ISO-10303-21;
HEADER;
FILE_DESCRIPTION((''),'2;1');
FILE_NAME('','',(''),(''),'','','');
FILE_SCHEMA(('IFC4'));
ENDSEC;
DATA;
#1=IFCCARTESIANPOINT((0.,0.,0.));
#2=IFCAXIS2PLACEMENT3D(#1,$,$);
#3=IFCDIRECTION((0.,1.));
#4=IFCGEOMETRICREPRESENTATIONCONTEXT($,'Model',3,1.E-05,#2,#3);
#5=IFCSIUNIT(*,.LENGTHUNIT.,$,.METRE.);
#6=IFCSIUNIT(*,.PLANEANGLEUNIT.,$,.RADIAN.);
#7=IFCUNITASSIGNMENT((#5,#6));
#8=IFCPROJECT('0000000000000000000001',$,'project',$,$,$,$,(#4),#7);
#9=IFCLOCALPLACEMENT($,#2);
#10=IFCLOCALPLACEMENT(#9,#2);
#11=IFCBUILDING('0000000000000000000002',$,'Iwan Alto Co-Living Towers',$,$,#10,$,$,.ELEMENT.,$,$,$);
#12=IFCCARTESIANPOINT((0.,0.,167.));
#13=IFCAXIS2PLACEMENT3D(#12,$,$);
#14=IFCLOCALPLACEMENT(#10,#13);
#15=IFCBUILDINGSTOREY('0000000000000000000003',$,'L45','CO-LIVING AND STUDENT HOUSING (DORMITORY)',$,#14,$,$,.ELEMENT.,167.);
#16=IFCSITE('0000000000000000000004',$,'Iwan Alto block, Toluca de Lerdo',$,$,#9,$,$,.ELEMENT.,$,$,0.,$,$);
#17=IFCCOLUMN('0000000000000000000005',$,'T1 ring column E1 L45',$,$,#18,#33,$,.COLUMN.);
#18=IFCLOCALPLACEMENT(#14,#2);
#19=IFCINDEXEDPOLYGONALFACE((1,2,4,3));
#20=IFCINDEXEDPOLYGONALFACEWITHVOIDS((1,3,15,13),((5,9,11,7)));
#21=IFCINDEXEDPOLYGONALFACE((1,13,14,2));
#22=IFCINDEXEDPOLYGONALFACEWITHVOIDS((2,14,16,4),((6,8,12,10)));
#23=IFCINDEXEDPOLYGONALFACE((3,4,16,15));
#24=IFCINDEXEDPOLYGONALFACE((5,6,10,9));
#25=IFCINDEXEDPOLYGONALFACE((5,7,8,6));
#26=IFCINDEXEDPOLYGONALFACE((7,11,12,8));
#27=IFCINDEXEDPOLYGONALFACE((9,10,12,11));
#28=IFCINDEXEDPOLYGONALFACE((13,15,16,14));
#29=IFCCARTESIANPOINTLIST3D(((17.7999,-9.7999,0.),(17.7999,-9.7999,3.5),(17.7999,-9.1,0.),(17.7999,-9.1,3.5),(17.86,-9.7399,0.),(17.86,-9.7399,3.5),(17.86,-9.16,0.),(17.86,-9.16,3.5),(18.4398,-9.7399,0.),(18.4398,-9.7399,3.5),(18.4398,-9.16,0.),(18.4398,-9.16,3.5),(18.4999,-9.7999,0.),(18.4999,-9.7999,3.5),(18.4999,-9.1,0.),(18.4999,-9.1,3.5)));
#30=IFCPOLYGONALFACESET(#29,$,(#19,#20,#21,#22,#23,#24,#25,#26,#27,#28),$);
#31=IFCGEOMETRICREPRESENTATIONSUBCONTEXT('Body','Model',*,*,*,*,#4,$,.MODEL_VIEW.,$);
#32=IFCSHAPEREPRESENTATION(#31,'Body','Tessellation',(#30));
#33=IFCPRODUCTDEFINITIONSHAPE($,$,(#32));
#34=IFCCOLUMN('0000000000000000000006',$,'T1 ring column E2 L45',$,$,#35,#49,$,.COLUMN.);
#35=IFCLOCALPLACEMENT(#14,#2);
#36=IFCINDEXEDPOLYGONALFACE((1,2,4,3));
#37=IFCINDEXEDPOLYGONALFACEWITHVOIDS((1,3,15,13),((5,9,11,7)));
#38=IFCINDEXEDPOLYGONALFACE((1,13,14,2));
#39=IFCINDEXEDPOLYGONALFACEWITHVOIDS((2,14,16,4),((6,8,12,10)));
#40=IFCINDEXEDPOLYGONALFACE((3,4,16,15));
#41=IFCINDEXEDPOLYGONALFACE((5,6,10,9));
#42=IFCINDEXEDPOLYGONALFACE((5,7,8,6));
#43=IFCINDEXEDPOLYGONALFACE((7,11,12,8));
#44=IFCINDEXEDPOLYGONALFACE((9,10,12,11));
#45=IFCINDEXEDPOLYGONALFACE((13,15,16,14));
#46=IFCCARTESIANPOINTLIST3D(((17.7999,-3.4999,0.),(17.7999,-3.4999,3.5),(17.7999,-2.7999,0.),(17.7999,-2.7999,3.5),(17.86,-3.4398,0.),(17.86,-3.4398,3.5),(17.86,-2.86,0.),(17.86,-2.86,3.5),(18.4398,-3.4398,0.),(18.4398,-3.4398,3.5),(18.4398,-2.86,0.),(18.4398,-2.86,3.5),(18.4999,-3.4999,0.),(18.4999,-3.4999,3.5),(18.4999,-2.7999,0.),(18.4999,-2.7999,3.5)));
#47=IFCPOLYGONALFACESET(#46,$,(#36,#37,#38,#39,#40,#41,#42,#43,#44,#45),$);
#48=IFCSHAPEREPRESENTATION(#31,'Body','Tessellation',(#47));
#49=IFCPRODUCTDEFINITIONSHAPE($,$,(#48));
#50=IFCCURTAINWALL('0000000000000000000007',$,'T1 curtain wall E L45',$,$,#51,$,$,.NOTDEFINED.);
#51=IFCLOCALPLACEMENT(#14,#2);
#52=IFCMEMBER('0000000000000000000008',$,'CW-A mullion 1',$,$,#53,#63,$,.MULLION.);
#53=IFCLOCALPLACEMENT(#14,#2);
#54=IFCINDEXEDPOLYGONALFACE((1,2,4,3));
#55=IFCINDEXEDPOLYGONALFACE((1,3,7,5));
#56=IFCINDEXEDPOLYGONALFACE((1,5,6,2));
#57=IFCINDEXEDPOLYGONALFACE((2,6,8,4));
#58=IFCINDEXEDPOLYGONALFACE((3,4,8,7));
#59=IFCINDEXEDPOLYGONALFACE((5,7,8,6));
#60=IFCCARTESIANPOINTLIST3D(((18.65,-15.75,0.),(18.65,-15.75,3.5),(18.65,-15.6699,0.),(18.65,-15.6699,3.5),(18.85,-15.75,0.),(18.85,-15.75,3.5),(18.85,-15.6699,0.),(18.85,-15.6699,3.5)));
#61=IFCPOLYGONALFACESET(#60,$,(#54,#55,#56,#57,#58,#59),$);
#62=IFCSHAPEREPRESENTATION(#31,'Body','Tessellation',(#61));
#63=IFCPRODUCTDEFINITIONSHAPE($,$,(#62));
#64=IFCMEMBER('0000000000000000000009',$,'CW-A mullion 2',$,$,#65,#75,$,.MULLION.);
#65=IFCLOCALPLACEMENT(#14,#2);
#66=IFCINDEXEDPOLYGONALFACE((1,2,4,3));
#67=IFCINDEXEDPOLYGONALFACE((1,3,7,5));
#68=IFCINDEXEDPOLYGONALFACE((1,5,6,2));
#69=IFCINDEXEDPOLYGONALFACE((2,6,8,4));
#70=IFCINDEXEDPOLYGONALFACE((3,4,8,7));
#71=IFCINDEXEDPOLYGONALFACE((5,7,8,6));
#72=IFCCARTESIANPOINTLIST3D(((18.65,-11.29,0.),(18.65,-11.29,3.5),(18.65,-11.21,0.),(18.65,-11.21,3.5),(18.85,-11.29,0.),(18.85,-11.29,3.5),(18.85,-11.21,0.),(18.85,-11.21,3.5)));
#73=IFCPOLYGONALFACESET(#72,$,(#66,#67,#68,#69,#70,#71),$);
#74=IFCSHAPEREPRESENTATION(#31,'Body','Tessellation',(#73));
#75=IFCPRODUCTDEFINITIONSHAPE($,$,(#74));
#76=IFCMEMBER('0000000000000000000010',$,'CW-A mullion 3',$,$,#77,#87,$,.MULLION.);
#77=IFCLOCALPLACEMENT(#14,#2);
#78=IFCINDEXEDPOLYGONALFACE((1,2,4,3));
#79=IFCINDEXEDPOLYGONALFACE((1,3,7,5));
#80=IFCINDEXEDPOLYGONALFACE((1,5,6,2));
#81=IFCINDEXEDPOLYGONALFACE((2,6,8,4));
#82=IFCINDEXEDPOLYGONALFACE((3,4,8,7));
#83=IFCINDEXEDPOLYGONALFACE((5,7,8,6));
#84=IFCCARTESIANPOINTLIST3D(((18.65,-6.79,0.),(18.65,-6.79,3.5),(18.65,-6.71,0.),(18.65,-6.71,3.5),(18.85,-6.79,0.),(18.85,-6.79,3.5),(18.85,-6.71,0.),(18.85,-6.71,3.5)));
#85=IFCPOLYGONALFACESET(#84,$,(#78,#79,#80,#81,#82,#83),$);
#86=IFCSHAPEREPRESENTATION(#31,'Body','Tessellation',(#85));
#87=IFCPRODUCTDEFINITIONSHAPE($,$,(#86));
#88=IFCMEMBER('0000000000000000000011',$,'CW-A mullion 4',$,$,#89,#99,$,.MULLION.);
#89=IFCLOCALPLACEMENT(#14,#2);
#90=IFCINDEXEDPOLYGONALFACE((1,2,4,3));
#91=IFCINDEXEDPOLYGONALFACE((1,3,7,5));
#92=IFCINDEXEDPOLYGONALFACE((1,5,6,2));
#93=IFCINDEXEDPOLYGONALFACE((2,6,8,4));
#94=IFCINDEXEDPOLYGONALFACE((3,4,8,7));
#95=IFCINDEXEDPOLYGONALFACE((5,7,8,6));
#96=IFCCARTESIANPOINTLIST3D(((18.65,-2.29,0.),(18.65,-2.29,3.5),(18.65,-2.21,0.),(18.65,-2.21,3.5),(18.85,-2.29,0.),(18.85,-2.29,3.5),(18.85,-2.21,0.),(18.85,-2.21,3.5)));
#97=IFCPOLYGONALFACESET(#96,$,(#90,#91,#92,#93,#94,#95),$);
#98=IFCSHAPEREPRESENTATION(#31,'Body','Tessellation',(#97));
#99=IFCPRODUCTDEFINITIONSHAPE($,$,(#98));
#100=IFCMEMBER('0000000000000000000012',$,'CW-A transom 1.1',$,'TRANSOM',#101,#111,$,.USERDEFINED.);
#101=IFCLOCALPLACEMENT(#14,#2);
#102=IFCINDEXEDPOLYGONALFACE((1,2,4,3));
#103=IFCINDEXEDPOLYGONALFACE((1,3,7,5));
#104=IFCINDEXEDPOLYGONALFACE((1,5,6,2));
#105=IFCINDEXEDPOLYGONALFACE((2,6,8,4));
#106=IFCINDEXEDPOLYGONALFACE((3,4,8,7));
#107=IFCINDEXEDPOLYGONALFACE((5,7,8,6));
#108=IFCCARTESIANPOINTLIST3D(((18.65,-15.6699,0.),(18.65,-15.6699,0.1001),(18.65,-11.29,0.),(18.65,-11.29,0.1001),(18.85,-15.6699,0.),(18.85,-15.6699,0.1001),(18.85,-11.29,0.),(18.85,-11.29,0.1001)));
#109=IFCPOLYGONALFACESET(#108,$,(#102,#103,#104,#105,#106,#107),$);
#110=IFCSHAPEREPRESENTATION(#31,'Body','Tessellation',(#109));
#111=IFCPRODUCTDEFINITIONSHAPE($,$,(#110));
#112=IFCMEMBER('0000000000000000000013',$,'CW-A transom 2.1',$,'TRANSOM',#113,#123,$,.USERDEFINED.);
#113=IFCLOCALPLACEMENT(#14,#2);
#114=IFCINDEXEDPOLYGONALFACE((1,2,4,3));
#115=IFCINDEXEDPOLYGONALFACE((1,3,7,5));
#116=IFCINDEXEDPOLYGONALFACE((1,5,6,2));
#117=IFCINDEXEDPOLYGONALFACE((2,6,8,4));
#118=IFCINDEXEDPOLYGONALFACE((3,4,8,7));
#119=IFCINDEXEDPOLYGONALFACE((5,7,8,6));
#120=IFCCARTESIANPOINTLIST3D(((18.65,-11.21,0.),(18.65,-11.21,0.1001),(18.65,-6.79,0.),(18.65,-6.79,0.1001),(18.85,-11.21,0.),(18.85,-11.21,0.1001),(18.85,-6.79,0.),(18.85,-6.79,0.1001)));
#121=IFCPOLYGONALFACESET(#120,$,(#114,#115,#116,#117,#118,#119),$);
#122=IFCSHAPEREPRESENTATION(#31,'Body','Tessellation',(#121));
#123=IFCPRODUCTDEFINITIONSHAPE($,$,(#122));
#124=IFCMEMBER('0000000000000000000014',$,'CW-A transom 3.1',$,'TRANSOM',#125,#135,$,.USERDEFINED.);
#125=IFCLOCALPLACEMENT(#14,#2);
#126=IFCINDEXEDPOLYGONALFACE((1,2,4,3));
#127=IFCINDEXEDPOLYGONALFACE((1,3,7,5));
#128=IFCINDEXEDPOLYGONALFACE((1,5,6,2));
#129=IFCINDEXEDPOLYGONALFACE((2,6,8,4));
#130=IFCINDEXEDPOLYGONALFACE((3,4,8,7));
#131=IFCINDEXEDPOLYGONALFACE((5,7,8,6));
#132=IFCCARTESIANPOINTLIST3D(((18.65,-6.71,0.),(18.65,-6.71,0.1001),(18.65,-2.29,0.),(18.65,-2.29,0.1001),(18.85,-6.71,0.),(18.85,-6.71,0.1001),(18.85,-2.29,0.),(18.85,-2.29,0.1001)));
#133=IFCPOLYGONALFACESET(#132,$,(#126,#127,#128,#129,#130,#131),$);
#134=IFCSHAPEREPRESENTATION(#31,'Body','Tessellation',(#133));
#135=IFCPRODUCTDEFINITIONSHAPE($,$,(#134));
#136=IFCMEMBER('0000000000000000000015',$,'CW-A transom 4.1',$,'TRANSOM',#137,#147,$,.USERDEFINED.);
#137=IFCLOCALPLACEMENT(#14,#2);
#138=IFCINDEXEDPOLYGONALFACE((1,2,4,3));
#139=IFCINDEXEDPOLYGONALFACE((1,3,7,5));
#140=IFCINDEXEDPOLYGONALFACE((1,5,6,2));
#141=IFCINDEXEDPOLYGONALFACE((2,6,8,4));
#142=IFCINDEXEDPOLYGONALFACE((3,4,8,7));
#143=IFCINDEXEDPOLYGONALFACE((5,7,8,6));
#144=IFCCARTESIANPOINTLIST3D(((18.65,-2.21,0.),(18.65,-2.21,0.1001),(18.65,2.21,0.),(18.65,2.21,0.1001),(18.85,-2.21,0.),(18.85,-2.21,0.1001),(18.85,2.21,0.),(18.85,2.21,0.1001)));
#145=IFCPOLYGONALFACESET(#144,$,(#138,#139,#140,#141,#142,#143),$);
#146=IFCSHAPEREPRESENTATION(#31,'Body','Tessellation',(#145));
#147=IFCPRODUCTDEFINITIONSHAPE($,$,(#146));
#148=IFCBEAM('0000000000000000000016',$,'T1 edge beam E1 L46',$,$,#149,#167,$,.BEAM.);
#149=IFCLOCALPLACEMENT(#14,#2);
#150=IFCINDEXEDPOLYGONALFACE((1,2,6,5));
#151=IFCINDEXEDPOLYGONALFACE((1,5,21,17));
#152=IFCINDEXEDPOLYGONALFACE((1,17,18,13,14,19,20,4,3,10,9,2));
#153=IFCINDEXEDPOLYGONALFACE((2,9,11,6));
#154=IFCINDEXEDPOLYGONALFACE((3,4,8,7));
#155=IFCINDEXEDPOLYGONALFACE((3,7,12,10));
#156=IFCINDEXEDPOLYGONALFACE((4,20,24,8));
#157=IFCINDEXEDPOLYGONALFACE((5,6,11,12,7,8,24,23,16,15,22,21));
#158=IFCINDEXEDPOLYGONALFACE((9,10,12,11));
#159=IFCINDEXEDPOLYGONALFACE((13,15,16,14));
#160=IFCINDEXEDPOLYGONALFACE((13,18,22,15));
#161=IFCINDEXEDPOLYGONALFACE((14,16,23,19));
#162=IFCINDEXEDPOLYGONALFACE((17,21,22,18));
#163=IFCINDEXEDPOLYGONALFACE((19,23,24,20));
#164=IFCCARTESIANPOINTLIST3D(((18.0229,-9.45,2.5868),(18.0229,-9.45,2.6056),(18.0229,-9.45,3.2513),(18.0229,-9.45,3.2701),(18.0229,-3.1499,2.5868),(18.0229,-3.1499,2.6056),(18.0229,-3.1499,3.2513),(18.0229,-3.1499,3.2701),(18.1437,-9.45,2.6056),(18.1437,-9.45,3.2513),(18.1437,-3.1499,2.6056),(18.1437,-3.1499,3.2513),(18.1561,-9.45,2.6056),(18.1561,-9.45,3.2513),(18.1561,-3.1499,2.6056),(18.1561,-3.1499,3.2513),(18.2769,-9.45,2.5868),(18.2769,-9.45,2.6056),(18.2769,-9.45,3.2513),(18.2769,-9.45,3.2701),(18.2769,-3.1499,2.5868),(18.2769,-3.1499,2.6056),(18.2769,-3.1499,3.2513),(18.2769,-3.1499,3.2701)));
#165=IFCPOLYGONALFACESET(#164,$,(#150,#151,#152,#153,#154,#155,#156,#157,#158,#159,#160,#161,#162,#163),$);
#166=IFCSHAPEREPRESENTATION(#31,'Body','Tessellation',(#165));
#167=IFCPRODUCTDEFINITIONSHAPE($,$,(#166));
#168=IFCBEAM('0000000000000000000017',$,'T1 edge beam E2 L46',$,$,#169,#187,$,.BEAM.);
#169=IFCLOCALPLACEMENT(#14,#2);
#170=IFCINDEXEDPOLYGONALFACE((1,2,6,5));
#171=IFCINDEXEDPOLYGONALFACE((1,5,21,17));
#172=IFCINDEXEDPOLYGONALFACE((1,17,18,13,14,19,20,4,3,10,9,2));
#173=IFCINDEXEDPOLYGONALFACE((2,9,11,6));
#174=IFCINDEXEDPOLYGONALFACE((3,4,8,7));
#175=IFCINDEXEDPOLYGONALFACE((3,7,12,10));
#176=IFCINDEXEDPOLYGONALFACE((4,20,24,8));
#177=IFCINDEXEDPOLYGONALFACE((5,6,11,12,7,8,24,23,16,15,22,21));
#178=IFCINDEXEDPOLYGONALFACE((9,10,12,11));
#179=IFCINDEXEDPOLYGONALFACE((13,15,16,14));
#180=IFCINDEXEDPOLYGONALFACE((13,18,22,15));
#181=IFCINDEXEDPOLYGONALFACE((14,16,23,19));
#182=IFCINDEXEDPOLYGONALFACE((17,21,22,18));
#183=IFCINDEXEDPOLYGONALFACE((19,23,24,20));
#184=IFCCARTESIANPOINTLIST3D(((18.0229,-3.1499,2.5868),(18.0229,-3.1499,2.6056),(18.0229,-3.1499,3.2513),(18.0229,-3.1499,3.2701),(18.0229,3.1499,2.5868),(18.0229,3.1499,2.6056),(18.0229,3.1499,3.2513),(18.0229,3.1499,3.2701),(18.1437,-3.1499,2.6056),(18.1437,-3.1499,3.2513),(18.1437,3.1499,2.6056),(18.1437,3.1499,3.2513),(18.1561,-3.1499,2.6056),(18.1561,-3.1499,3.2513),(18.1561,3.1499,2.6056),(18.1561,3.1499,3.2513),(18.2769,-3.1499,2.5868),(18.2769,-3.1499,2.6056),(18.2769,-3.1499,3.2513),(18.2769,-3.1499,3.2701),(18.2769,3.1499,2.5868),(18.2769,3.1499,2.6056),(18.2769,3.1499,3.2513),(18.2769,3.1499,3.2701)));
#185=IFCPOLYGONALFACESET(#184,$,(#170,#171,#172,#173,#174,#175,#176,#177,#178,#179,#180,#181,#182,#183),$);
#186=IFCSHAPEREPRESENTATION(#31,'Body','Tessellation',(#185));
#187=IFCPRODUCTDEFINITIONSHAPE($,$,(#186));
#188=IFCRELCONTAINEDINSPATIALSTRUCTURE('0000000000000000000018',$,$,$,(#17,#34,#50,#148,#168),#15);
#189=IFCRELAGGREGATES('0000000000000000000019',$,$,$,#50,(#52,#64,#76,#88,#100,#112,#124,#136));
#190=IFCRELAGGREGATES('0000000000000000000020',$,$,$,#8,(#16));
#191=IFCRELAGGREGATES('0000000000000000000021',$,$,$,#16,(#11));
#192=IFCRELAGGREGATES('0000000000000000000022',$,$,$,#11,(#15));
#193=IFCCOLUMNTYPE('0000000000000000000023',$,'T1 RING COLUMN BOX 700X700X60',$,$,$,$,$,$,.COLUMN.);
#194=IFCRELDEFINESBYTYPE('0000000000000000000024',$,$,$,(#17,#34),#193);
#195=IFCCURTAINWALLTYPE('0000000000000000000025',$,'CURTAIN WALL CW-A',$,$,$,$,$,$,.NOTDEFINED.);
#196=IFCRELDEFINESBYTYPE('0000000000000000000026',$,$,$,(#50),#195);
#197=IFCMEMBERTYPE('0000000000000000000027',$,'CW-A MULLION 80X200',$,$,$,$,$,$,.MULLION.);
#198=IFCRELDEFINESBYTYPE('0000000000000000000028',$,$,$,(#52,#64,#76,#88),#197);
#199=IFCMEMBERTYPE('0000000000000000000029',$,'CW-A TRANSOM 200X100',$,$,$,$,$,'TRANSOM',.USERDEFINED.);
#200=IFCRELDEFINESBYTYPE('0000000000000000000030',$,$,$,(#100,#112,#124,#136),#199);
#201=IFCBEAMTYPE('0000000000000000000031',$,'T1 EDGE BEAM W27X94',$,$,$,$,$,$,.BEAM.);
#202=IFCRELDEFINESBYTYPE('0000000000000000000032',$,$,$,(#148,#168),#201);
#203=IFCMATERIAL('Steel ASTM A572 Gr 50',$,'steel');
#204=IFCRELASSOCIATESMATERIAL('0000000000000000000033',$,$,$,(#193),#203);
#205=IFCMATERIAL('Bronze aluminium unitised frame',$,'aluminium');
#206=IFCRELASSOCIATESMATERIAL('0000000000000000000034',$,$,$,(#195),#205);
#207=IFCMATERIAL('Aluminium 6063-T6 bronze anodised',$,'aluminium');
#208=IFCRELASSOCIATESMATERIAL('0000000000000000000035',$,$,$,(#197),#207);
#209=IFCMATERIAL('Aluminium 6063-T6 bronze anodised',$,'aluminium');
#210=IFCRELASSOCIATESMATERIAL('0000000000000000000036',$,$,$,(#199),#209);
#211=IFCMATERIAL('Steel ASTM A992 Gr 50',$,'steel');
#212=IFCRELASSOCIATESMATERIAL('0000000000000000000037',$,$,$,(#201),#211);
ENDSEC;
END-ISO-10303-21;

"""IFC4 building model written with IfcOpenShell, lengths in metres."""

from ifc_helpers import new_model, si_unit, direction, frame, origin, origin_2d, place, context, subcontext, project, spatial, rectangle, hollow_rectangle, i_section, extrude, material, material_profile, profile_set, type_object, element, aggregate, save


model = new_model("IFC4")

# Units and contexts
model_context = context("Model", 3, precision=1e-05, world=origin(), true_north=direction((0.0, 1.0)))
body_context = subcontext(model_context, "Body", "Model", "MODEL_VIEW")
ifc_project = project(units=[si_unit("LENGTHUNIT", "METRE"), si_unit("PLANEANGLEUNIT", "RADIAN")], contexts=[model_context])

# Site, building, storey
site_placement = place(None, origin())
site = spatial("IfcSite", under=ifc_project, at=site_placement, Name="Iwan Alto block, Toluca de Lerdo", CompositionType="ELEMENT", RefElevation=0.0)
building_placement = place(site_placement, origin())
building = spatial("IfcBuilding", under=site, at=building_placement, Name="Iwan Alto Co-Living Towers", CompositionType="ELEMENT")
storey_placement = place(building_placement, frame((0.0, 0.0, 167.0)))
storey = spatial("IfcBuildingStorey", under=building, at=storey_placement, Name="L45", Description="CO-LIVING AND STUDENT HOUSING (DORMITORY)", CompositionType="ELEMENT", Elevation=167.0)

# Columns
ifc_material_1 = material(Name="Steel ASTM A572 Gr 50", Category="steel")
ifc_material_profile_1 = material_profile(ifc_material_1, hollow_rectangle(XDim=0.7, YDim=0.7, WallThickness=0.0601, at=origin_2d()), Name="BOX 700X700X60")
ifc_profile_set_1 = profile_set([ifc_material_profile_1], Name="Steel ASTM A572 Gr 50")
column_type = type_object("IfcColumnType", Name="T1 RING COLUMN BOX 700X700X60", PredefinedType="COLUMN", material=ifc_profile_set_1)
for number, where, z_axis, x_axis, name in (
    (1, (18.1499, -9.45, 0.0), (0.0, 0.0, 1.0), (1.0, 0.0, 0.0), "T1 ring column E1 L45"),
    (2, (18.1499, -3.1499, 0.0), (0.0, 0.0, 1.0), (1.0, 0.0, 0.0), "T1 ring column E2 L45"),
):
    element("IfcColumn", number, at=place(storey_placement, frame(where, z_axis=z_axis, x_axis=x_axis)), inside=storey, type_object=column_type, Name=name, PredefinedType="COLUMN", context=body_context, shape_type="SweptSolid", body=[
        extrude(hollow_rectangle(XDim=0.7, YDim=0.7, WallThickness=0.0601, at=origin_2d()), origin(), (0.0, 0.0, 1.0), 3.5),
    ])

# Curtain wall, members
ifc_material_2 = material(Name="Bronze aluminium unitised frame", Category="aluminium")
curtain_wall_type = type_object("IfcCurtainWallType", Name="CURTAIN WALL CW-A", PredefinedType="NOTDEFINED", material=ifc_material_2)
curtain_wall_placement = place(storey_placement, origin())
curtain_wall = element("IfcCurtainWall", 3, at=curtain_wall_placement, inside=storey, type_object=curtain_wall_type, Name="T1 curtain wall E L45", PredefinedType="NOTDEFINED")
ifc_material_3 = material(Name="Aluminium 6063-T6 bronze anodised", Category="aluminium")
ifc_material_profile_2 = material_profile(ifc_material_3, rectangle(XDim=0.2, YDim=0.0801, at=origin_2d()), Name="AL 80X200")
ifc_profile_set_2 = profile_set([ifc_material_profile_2], Name="Aluminium 6063-T6 bronze anodised")
member_type_1 = type_object("IfcMemberType", Name="CW-A MULLION 80X200", PredefinedType="MULLION", material=ifc_profile_set_2)
member_1_placement = place(storey_placement, frame((18.75, -15.71, 0.0), z_axis=(0.0, 0.0, 1.0), x_axis=(-1.0, 0.0, 0.0)))
member_1 = element("IfcMember", 4, at=member_1_placement, type_object=member_type_1, Name="CW-A mullion 1", PredefinedType="MULLION", context=body_context, shape_type="SweptSolid", body=[
    extrude(rectangle(XDim=0.2, YDim=0.0801, at=origin_2d()), origin(), (0.0, 0.0, 1.0), 3.5),
])
member_2_placement = place(storey_placement, frame((18.75, -11.25, 0.0), z_axis=(0.0, 0.0, 1.0), x_axis=(-1.0, 0.0, 0.0)))
member_2 = element("IfcMember", 5, at=member_2_placement, type_object=member_type_1, Name="CW-A mullion 2", PredefinedType="MULLION", context=body_context, shape_type="SweptSolid", body=[
    extrude(rectangle(XDim=0.2, YDim=0.0801, at=origin_2d()), origin(), (0.0, 0.0, 1.0), 3.5),
])
member_3_placement = place(storey_placement, frame((18.75, -6.75, 0.0), z_axis=(0.0, 0.0, 1.0), x_axis=(-1.0, 0.0, 0.0)))
member_3 = element("IfcMember", 6, at=member_3_placement, type_object=member_type_1, Name="CW-A mullion 3", PredefinedType="MULLION", context=body_context, shape_type="SweptSolid", body=[
    extrude(rectangle(XDim=0.2, YDim=0.0801, at=origin_2d()), origin(), (0.0, 0.0, 1.0), 3.5),
])
member_4_placement = place(storey_placement, frame((18.75, -2.25, 0.0), z_axis=(0.0, 0.0, 1.0), x_axis=(-1.0, 0.0, 0.0)))
member_4 = element("IfcMember", 7, at=member_4_placement, type_object=member_type_1, Name="CW-A mullion 4", PredefinedType="MULLION", context=body_context, shape_type="SweptSolid", body=[
    extrude(rectangle(XDim=0.2, YDim=0.0801, at=origin_2d()), origin(), (0.0, 0.0, 1.0), 3.5),
])
ifc_material_4 = material(Name="Aluminium 6063-T6 bronze anodised", Category="aluminium")
ifc_material_profile_3 = material_profile(ifc_material_4, rectangle(XDim=0.2, YDim=0.1001, at=origin_2d()), Name="AL 200X100")
ifc_profile_set_3 = profile_set([ifc_material_profile_3], Name="Aluminium 6063-T6 bronze anodised")
member_type_2 = type_object("IfcMemberType", Name="CW-A TRANSOM 200X100", ElementType="TRANSOM", PredefinedType="USERDEFINED", material=ifc_profile_set_3)
member_5_placement = place(storey_placement, frame((18.75, -15.6699, 0.05), z_axis=(0.0, 1.0, 0.0), x_axis=(-1.0, 0.0, 0.0)))
member_5 = element("IfcMember", 8, at=member_5_placement, type_object=member_type_2, Name="CW-A transom 1.1", ObjectType="TRANSOM", PredefinedType="USERDEFINED", context=body_context, shape_type="SweptSolid", body=[
    extrude(rectangle(XDim=0.2, YDim=0.1001, at=origin_2d()), origin(), (0.0, 0.0, 1.0), 4.3799),
])
member_6_placement = place(storey_placement, frame((18.75, -11.21, 0.05), z_axis=(0.0, 1.0, 0.0), x_axis=(-1.0, 0.0, 0.0)))
member_6 = element("IfcMember", 9, at=member_6_placement, type_object=member_type_2, Name="CW-A transom 2.1", ObjectType="TRANSOM", PredefinedType="USERDEFINED", context=body_context, shape_type="SweptSolid", body=[
    extrude(rectangle(XDim=0.2, YDim=0.1001, at=origin_2d()), origin(), (0.0, 0.0, 1.0), 4.4199),
])
member_7_placement = place(storey_placement, frame((18.75, -6.71, 0.05), z_axis=(0.0, 1.0, 0.0), x_axis=(-1.0, 0.0, 0.0)))
member_7 = element("IfcMember", 10, at=member_7_placement, type_object=member_type_2, Name="CW-A transom 3.1", ObjectType="TRANSOM", PredefinedType="USERDEFINED", context=body_context, shape_type="SweptSolid", body=[
    extrude(rectangle(XDim=0.2, YDim=0.1001, at=origin_2d()), origin(), (0.0, 0.0, 1.0), 4.4199),
])
member_8_placement = place(storey_placement, frame((18.75, -2.21, 0.05), z_axis=(0.0, 1.0, 0.0), x_axis=(-1.0, 0.0, 0.0)))
member_8 = element("IfcMember", 11, at=member_8_placement, type_object=member_type_2, Name="CW-A transom 4.1", ObjectType="TRANSOM", PredefinedType="USERDEFINED", context=body_context, shape_type="SweptSolid", body=[
    extrude(rectangle(XDim=0.2, YDim=0.1001, at=origin_2d()), origin(), (0.0, 0.0, 1.0), 4.4199),
])

# Beams
ifc_material_5 = material(Name="Steel ASTM A992 Gr 50", Category="steel")
ifc_material_profile_4 = material_profile(ifc_material_5, i_section(OverallWidth=0.2539, OverallDepth=0.6833, WebThickness=0.0125, FlangeThickness=0.0188, at=origin_2d()), Name="W27X94")
ifc_profile_set_4 = profile_set([ifc_material_profile_4], Name="Steel ASTM A992 Gr 50")
beam_type_1 = type_object("IfcBeamType", Name="T1 EDGE BEAM W27X94", PredefinedType="BEAM", material=ifc_profile_set_4)
beam_1_placement = place(storey_placement, frame((18.1499, -9.45, 2.9285), z_axis=(0.0, 1.0, 0.0), x_axis=(-1.0, 0.0, 0.0)))
element("IfcBeam", 12, at=beam_1_placement, inside=storey, type_object=beam_type_1, Name="T1 edge beam E1 L46", PredefinedType="BEAM", context=body_context, shape_type="SweptSolid", body=[
    extrude(i_section(OverallWidth=0.2539, OverallDepth=0.6833, WebThickness=0.0125, FlangeThickness=0.0188, at=origin_2d()), origin(), (0.0, 0.0, 1.0), 6.3),
])
beam_2_placement = place(storey_placement, frame((18.1499, -3.1499, 2.9285), z_axis=(0.0, 1.0, 0.0), x_axis=(-1.0, 0.0, 0.0)))
element("IfcBeam", 13, at=beam_2_placement, inside=storey, type_object=beam_type_1, Name="T1 edge beam E2 L46", PredefinedType="BEAM", context=body_context, shape_type="SweptSolid", body=[
    extrude(i_section(OverallWidth=0.2539, OverallDepth=0.6833, WebThickness=0.0125, FlangeThickness=0.0188, at=origin_2d()), origin(), (0.0, 0.0, 1.0), 6.2998),
])

aggregate(curtain_wall, [member_1, member_2, member_3, member_4, member_5, member_6, member_7, member_8])

save(model, "model.ifc")
